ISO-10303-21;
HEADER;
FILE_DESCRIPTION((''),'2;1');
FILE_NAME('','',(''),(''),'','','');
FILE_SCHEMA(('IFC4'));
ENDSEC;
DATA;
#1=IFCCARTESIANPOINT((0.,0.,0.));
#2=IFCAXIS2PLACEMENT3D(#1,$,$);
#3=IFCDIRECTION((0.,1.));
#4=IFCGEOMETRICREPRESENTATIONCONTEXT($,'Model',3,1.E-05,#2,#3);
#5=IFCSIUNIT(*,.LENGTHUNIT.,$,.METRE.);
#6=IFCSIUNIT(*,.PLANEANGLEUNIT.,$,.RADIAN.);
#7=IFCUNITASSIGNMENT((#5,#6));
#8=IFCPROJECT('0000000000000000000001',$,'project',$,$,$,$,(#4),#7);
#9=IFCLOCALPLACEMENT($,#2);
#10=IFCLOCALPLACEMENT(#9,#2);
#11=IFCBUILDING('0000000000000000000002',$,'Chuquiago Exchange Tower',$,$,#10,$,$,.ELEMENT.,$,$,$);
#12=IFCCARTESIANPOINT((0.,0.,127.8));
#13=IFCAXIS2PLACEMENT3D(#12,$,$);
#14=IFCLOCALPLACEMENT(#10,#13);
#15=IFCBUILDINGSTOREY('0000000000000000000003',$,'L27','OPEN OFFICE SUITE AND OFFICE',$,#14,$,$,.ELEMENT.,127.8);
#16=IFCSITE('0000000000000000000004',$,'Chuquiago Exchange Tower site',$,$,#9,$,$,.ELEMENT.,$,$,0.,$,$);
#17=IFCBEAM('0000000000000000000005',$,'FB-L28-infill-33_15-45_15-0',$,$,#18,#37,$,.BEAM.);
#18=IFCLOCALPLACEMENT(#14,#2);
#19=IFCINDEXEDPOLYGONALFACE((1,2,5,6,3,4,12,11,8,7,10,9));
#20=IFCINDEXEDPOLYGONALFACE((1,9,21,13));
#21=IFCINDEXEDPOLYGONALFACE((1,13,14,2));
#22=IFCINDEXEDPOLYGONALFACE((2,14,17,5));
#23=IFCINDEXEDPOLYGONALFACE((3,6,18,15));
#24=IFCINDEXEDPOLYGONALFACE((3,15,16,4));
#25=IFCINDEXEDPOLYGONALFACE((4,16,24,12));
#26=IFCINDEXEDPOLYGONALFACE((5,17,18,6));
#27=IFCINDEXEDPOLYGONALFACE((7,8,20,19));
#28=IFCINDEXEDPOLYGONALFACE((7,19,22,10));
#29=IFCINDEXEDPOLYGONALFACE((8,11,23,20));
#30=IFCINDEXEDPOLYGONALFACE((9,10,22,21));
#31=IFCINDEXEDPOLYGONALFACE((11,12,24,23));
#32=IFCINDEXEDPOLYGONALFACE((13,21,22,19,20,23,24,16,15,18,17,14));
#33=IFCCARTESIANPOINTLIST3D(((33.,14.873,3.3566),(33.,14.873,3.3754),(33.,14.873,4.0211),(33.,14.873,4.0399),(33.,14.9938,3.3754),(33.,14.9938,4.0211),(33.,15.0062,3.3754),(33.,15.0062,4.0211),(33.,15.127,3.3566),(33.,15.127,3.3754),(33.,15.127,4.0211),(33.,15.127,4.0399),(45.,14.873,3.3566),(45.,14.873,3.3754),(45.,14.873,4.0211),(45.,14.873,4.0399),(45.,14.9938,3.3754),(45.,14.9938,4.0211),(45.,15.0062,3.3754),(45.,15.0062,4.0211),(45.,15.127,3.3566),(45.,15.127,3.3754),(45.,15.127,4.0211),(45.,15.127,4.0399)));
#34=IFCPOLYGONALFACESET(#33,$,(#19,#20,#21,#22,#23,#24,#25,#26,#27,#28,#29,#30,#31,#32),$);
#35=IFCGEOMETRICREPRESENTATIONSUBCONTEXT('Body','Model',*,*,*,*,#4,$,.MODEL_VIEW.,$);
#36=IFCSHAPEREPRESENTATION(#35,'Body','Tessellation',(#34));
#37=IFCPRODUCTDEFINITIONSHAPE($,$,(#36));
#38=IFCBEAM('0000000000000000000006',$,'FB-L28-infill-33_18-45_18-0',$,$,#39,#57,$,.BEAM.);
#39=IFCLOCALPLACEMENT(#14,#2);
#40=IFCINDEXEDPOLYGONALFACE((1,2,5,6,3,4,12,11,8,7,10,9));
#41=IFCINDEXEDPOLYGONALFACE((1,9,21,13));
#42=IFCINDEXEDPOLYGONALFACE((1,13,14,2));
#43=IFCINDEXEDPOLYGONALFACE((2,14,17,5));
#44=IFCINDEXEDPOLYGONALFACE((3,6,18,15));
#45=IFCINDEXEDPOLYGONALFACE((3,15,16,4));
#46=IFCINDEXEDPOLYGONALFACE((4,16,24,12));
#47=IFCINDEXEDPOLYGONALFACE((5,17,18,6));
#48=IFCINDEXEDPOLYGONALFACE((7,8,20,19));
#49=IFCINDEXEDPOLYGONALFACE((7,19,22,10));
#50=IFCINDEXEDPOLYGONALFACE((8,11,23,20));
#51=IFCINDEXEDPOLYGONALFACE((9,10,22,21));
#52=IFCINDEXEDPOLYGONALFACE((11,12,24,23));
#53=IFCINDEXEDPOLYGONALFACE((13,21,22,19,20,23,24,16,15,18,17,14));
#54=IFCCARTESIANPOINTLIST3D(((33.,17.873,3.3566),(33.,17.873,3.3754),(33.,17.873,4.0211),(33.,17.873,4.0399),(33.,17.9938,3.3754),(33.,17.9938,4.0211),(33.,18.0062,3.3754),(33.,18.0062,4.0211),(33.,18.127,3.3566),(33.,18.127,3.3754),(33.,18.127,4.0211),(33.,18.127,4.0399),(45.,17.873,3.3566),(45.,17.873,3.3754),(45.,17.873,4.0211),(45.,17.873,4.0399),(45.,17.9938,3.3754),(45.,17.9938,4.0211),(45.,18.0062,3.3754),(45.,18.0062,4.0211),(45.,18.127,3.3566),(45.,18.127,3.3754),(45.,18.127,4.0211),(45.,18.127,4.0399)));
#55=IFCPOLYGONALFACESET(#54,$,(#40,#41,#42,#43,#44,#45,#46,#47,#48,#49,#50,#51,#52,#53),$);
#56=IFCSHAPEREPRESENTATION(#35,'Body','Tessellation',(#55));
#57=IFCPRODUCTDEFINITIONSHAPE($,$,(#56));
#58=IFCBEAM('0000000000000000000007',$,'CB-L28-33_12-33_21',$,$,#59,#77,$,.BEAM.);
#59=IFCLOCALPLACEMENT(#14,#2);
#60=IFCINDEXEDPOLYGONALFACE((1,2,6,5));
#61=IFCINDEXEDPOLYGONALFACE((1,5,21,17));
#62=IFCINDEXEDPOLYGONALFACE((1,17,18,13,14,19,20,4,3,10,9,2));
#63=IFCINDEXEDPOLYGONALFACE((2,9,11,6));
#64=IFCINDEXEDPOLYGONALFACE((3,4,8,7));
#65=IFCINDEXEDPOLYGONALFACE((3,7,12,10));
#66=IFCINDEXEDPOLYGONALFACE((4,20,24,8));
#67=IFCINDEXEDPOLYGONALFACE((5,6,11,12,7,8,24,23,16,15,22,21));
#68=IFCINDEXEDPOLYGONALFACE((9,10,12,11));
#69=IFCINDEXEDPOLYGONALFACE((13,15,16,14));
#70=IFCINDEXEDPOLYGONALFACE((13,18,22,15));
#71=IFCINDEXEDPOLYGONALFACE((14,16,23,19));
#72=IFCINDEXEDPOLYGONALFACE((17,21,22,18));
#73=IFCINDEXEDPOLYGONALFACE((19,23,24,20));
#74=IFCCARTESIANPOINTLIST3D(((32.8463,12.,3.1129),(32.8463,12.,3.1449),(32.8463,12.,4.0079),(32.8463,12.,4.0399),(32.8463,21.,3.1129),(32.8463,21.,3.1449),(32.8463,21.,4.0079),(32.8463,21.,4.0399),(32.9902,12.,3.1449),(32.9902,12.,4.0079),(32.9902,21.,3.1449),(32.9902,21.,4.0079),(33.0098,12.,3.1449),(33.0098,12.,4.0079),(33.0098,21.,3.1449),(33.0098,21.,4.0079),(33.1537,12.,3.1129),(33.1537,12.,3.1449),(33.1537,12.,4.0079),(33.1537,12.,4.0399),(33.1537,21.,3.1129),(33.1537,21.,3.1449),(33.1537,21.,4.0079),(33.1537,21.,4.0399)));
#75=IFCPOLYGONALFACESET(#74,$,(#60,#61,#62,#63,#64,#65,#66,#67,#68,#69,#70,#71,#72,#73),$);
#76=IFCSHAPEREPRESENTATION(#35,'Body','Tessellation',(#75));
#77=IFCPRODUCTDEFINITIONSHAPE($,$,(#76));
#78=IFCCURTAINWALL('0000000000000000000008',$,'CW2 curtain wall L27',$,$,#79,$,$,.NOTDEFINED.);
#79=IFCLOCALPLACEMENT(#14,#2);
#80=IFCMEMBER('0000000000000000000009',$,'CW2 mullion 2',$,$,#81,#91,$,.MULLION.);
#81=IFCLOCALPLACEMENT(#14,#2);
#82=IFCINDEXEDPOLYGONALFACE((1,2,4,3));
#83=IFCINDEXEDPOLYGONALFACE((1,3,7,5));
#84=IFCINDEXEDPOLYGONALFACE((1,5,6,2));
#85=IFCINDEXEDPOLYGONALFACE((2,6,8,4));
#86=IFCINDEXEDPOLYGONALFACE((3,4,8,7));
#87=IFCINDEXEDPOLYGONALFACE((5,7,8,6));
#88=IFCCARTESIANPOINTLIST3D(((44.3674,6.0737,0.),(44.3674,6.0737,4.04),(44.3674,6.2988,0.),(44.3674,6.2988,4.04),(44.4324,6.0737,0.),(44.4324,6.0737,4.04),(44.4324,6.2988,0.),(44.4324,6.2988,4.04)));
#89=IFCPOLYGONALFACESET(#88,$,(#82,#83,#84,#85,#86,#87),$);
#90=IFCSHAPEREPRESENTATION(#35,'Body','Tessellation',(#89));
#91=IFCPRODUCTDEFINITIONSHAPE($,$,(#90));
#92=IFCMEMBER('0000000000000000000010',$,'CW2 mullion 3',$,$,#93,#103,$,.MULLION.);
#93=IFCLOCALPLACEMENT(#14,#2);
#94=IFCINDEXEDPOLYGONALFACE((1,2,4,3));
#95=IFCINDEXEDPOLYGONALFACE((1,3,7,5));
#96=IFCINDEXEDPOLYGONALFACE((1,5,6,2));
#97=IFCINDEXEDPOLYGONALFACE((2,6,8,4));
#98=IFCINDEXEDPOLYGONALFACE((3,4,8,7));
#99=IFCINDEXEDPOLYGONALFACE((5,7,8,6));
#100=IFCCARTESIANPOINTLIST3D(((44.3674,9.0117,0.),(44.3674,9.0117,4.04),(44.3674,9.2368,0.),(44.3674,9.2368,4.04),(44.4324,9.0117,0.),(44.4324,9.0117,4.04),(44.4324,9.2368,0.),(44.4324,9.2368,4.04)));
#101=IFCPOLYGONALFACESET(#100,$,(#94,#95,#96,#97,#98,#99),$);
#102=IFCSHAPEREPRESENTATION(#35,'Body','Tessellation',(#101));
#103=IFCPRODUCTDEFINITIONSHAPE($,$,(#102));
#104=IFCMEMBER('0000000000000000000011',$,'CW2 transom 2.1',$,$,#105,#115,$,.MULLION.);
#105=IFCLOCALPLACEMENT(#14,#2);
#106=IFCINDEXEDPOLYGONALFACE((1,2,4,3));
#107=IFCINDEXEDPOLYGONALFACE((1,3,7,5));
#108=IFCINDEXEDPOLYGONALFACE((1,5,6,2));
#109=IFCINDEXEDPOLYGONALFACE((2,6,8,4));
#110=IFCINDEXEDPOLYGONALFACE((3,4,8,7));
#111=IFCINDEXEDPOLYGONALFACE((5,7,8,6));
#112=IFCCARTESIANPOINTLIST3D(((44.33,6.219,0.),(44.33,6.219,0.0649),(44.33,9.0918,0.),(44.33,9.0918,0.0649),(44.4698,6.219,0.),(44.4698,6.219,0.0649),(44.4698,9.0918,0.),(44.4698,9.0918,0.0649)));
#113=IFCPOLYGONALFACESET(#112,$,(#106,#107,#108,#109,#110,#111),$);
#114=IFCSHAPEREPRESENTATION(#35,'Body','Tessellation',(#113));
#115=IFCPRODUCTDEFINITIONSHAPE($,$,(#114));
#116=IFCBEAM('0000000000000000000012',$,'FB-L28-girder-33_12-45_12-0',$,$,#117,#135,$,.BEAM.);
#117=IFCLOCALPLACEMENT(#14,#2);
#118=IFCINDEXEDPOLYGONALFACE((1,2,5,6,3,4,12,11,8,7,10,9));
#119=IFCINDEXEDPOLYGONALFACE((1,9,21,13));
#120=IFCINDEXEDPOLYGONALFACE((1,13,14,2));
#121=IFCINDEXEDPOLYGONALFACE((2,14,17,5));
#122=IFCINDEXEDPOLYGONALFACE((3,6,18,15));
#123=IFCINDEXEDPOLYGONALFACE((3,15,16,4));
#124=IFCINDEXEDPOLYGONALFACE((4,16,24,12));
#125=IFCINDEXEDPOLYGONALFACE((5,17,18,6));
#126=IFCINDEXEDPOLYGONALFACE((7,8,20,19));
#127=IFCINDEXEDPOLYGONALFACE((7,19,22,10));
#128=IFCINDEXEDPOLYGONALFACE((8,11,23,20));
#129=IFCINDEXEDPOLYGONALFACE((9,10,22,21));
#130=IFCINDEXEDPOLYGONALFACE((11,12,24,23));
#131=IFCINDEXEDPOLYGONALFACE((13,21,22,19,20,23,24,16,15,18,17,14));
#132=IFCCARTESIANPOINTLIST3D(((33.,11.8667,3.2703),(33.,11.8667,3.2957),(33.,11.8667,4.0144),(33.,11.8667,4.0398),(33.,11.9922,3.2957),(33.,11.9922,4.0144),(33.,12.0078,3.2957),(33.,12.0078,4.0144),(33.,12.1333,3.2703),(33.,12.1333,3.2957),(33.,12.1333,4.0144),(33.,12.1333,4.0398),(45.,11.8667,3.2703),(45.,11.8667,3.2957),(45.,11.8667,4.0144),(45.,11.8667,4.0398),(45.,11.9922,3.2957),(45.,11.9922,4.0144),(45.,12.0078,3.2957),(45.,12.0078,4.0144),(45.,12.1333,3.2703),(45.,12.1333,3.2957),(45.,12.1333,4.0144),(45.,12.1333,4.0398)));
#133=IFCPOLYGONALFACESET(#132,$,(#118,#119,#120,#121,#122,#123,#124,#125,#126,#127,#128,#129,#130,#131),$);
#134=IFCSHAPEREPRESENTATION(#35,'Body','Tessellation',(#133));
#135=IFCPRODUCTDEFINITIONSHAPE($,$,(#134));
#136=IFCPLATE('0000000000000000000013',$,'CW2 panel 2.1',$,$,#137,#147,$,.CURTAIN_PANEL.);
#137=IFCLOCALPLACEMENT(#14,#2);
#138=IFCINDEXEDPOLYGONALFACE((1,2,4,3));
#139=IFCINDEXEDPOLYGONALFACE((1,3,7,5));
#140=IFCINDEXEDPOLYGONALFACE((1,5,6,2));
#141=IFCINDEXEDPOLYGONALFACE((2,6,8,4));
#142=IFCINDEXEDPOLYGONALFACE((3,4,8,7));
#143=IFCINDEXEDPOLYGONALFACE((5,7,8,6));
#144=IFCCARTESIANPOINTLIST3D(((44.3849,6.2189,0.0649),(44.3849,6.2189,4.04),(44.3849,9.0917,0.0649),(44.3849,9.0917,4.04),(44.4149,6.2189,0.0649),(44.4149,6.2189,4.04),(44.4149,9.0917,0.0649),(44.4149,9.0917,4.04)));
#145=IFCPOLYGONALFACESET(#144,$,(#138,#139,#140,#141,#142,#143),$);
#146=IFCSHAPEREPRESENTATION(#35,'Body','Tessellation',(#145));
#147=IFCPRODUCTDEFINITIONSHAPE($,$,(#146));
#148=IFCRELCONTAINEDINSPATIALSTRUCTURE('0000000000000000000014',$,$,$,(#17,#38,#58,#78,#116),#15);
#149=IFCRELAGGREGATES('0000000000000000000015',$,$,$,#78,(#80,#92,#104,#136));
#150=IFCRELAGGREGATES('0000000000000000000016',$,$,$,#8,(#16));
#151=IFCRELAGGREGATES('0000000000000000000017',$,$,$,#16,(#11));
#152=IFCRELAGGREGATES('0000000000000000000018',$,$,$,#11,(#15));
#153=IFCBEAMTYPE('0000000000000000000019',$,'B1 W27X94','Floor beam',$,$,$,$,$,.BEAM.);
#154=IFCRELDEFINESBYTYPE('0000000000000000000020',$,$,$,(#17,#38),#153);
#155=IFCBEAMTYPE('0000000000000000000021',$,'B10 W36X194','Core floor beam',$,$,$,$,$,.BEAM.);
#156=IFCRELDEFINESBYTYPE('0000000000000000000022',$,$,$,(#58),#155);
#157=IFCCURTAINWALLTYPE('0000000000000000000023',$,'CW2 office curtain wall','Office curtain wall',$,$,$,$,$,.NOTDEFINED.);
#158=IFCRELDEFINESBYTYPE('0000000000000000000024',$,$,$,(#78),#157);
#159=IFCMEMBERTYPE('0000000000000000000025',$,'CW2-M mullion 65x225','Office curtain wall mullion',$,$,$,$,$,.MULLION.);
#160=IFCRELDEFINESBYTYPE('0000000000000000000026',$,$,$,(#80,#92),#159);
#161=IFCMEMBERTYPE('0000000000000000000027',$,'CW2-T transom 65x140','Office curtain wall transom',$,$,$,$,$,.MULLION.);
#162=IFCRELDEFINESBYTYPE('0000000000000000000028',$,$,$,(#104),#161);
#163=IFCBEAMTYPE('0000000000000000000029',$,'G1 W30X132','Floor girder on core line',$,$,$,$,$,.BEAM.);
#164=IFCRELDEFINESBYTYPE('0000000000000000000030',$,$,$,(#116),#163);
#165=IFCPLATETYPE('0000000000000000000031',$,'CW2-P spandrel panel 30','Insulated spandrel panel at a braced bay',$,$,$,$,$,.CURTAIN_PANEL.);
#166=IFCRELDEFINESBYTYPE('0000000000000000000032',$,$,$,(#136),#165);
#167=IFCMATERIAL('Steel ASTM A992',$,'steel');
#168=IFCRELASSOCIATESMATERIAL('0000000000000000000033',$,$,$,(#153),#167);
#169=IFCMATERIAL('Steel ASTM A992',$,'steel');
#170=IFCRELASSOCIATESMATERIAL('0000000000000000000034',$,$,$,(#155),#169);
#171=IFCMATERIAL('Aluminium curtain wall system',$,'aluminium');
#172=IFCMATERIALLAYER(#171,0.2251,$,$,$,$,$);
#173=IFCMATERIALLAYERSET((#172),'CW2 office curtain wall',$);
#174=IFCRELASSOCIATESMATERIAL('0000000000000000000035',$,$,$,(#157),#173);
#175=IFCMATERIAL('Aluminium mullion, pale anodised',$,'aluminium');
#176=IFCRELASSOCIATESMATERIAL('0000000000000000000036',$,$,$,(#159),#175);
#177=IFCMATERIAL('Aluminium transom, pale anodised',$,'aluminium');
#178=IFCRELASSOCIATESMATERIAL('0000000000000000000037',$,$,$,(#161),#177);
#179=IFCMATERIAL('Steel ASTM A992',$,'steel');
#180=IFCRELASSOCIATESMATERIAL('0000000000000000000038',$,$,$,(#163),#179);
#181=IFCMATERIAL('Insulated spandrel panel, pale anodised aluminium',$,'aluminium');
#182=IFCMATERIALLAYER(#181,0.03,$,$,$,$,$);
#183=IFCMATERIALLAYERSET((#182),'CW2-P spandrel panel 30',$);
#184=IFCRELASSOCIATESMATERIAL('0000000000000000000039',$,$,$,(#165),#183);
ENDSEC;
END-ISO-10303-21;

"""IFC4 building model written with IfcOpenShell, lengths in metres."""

from ifc_helpers import new_model, si_unit, direction, frame, origin, origin_2d, place, context, subcontext, project, spatial, rectangle, i_section, extrude, material, layer, layer_set, material_profile, profile_set, type_object, element, aggregate, save


model = new_model("IFC4")

# Units and contexts
model_context = context("Model", 3, precision=1e-05, world=origin(), true_north=direction((0.0, 1.0)))
body_context = subcontext(model_context, "Body", "Model", "MODEL_VIEW")
ifc_project = project(units=[si_unit("LENGTHUNIT", "METRE"), si_unit("PLANEANGLEUNIT", "RADIAN")], contexts=[model_context])

# Site, building, storey
site_placement = place(None, origin())
site = spatial("IfcSite", under=ifc_project, at=site_placement, Name="Chuquiago Exchange Tower site", CompositionType="ELEMENT", RefElevation=0.0)
building_placement = place(site_placement, origin())
building = spatial("IfcBuilding", under=site, at=building_placement, Name="Chuquiago Exchange Tower", CompositionType="ELEMENT")
storey_placement = place(building_placement, frame((0.0, 0.0, 127.8)))
storey = spatial("IfcBuildingStorey", under=building, at=storey_placement, Name="L27", Description="OPEN OFFICE SUITE AND OFFICE", CompositionType="ELEMENT", Elevation=127.8)

# Beams
ifc_material_1 = material(Name="Steel ASTM A992", Category="steel")
ifc_material_profile_1 = material_profile(ifc_material_1, i_section(OverallWidth=0.2539, OverallDepth=0.6833, WebThickness=0.0125, FlangeThickness=0.0188, at=origin_2d()), Name="W27X94")
ifc_profile_set_1 = profile_set([ifc_material_profile_1], Name="Steel ASTM A992")
beam_type_1 = type_object("IfcBeamType", Name="B1 W27X94", Description="Floor beam", PredefinedType="BEAM", material=ifc_profile_set_1)
for number, where, z_axis, x_axis, name in (
    (1, (33.0, 15.0, 3.6982), (1.0, 0.0, 0.0), (0.0, 1.0, 0.0), "FB-L28-infill-33_15-45_15-0"),
    (2, (33.0, 18.0, 3.6982), (1.0, 0.0, 0.0), (0.0, 1.0, 0.0), "FB-L28-infill-33_18-45_18-0"),
):
    element("IfcBeam", number, at=place(storey_placement, frame(where, z_axis=z_axis, x_axis=x_axis)), inside=storey, type_object=beam_type_1, Name=name, PredefinedType="BEAM", context=body_context, shape_type="SweptSolid", body=[
        extrude(i_section(OverallWidth=0.2539, OverallDepth=0.6833, WebThickness=0.0125, FlangeThickness=0.0188, at=origin_2d()), origin(), (0.0, 0.0, 1.0), 12.0),
    ])
ifc_material_2 = material(Name="Steel ASTM A992", Category="steel")
ifc_material_profile_2 = material_profile(ifc_material_2, i_section(OverallWidth=0.3074, OverallDepth=0.927, WebThickness=0.0195, FlangeThickness=0.032, at=origin_2d()), Name="W36X194")
ifc_profile_set_2 = profile_set([ifc_material_profile_2], Name="Steel ASTM A992")
beam_type_2 = type_object("IfcBeamType", Name="B10 W36X194", Description="Core floor beam", PredefinedType="BEAM", material=ifc_profile_set_2)
beam_1_placement = place(storey_placement, frame((33.0, 12.0, 3.5764), z_axis=(0.0, 1.0, 0.0), x_axis=(-1.0, 0.0, 0.0)))
element("IfcBeam", 3, at=beam_1_placement, inside=storey, type_object=beam_type_2, Name="CB-L28-33_12-33_21", PredefinedType="BEAM", context=body_context, shape_type="SweptSolid", body=[
    extrude(i_section(OverallWidth=0.3074, OverallDepth=0.927, WebThickness=0.0195, FlangeThickness=0.032, at=origin_2d()), origin(), (0.0, 0.0, 1.0), 9.0),
])

# Curtain wall, members
ifc_material_3 = material(Name="Aluminium curtain wall system", Category="aluminium")
ifc_layer_1 = layer(ifc_material_3, 0.2251)
ifc_layer_set_1 = layer_set([ifc_layer_1], Name="CW2 office curtain wall")
curtain_wall_type = type_object("IfcCurtainWallType", Name="CW2 office curtain wall", Description="Office curtain wall", PredefinedType="NOTDEFINED", material=ifc_layer_set_1)
curtain_wall_placement = place(storey_placement, origin())
curtain_wall = element("IfcCurtainWall", 4, at=curtain_wall_placement, inside=storey, type_object=curtain_wall_type, Name="CW2 curtain wall L27", PredefinedType="NOTDEFINED")
ifc_material_4 = material(Name="Aluminium mullion, pale anodised", Category="aluminium")
ifc_material_profile_3 = material_profile(ifc_material_4, rectangle(XDim=0.0649, YDim=0.2251, at=origin_2d()), Name="AL 65x225")
ifc_profile_set_3 = profile_set([ifc_material_profile_3], Name="Aluminium mullion, pale anodised")
member_type_1 = type_object("IfcMemberType", Name="CW2-M mullion 65x225", Description="Office curtain wall mullion", PredefinedType="MULLION", material=ifc_profile_set_3)
member_1_placement = place(storey_placement, frame((44.3999, 6.1863, 0.0), z_axis=(0.0, 0.0, 1.0), x_axis=(-1.0, 0.0, 0.0)))
member_1 = element("IfcMember", 5, at=member_1_placement, type_object=member_type_1, Name="CW2 mullion 2", PredefinedType="MULLION", context=body_context, shape_type="SweptSolid", body=[
    extrude(rectangle(XDim=0.0649, YDim=0.2251, at=origin_2d()), origin(), (0.0, 0.0, 1.0), 4.04),
])
member_2_placement = place(storey_placement, frame((44.3999, 9.1243, 0.0), z_axis=(0.0, 0.0, 1.0), x_axis=(-1.0, 0.0, 0.0)))
member_2 = element("IfcMember", 6, at=member_2_placement, type_object=member_type_1, Name="CW2 mullion 3", PredefinedType="MULLION", context=body_context, shape_type="SweptSolid", body=[
    extrude(rectangle(XDim=0.0649, YDim=0.2251, at=origin_2d()), origin(), (0.0, 0.0, 1.0), 4.04),
])
ifc_material_5 = material(Name="Aluminium transom, pale anodised", Category="aluminium")
ifc_material_profile_4 = material_profile(ifc_material_5, rectangle(XDim=0.1399, YDim=0.0649, at=origin_2d()), Name="AL 140x65")
ifc_profile_set_4 = profile_set([ifc_material_profile_4], Name="Aluminium transom, pale anodised")
member_type_2 = type_object("IfcMemberType", Name="CW2-T transom 65x140", Description="Office curtain wall transom", PredefinedType="MULLION", material=ifc_profile_set_4)
member_3_placement = place(storey_placement, frame((44.3999, 6.219, 0.0325), z_axis=(0.0, 1.0, 0.0), x_axis=(-1.0, 0.0, 0.0)))
member_3 = element("IfcMember", 7, at=member_3_placement, type_object=member_type_2, Name="CW2 transom 2.1", PredefinedType="MULLION", context=body_context, shape_type="SweptSolid", body=[
    extrude(rectangle(XDim=0.1399, YDim=0.0649, at=origin_2d()), origin(), (0.0, 0.0, 1.0), 2.8728),
])

# Beam
ifc_material_6 = material(Name="Steel ASTM A992", Category="steel")
ifc_material_profile_5 = material_profile(ifc_material_6, i_section(OverallWidth=0.2666, OverallDepth=0.7695, WebThickness=0.0156, FlangeThickness=0.0254, at=origin_2d()), Name="W30X132")
ifc_profile_set_5 = profile_set([ifc_material_profile_5], Name="Steel ASTM A992")
beam_type_3 = type_object("IfcBeamType", Name="G1 W30X132", Description="Floor girder on core line", PredefinedType="BEAM", material=ifc_profile_set_5)
beam_2_placement = place(storey_placement, frame((33.0, 12.0, 3.655), z_axis=(1.0, 0.0, 0.0), x_axis=(0.0, 1.0, 0.0)))
element("IfcBeam", 8, at=beam_2_placement, inside=storey, type_object=beam_type_3, Name="FB-L28-girder-33_12-45_12-0", PredefinedType="BEAM", context=body_context, shape_type="SweptSolid", body=[
    extrude(i_section(OverallWidth=0.2666, OverallDepth=0.7695, WebThickness=0.0156, FlangeThickness=0.0254, at=origin_2d()), origin(), (0.0, 0.0, 1.0), 12.0),
])

# Plate
ifc_material_7 = material(Name="Insulated spandrel panel, pale anodised aluminium", Category="aluminium")
ifc_layer_2 = layer(ifc_material_7, 0.03)
ifc_layer_set_2 = layer_set([ifc_layer_2], Name="CW2-P spandrel panel 30")
plate_type = type_object("IfcPlateType", Name="CW2-P spandrel panel 30", Description="Insulated spandrel panel at a braced bay", PredefinedType="CURTAIN_PANEL", material=ifc_layer_set_2)
plate_placement = place(storey_placement, frame((44.3999, 7.6553, 0.0649), z_axis=(0.0, 0.0, 1.0), x_axis=(0.0, 1.0, 0.0)))
plate = element("IfcPlate", 9, at=plate_placement, type_object=plate_type, Name="CW2 panel 2.1", PredefinedType="CURTAIN_PANEL", context=body_context, shape_type="SweptSolid", body=[
    extrude(rectangle(XDim=2.8728, YDim=0.03, at=origin_2d()), origin(), (0.0, 0.0, 1.0), 3.9751),
])
aggregate(curtain_wall, [member_1, member_2, member_3, plate])

save(model, "model.ifc")
